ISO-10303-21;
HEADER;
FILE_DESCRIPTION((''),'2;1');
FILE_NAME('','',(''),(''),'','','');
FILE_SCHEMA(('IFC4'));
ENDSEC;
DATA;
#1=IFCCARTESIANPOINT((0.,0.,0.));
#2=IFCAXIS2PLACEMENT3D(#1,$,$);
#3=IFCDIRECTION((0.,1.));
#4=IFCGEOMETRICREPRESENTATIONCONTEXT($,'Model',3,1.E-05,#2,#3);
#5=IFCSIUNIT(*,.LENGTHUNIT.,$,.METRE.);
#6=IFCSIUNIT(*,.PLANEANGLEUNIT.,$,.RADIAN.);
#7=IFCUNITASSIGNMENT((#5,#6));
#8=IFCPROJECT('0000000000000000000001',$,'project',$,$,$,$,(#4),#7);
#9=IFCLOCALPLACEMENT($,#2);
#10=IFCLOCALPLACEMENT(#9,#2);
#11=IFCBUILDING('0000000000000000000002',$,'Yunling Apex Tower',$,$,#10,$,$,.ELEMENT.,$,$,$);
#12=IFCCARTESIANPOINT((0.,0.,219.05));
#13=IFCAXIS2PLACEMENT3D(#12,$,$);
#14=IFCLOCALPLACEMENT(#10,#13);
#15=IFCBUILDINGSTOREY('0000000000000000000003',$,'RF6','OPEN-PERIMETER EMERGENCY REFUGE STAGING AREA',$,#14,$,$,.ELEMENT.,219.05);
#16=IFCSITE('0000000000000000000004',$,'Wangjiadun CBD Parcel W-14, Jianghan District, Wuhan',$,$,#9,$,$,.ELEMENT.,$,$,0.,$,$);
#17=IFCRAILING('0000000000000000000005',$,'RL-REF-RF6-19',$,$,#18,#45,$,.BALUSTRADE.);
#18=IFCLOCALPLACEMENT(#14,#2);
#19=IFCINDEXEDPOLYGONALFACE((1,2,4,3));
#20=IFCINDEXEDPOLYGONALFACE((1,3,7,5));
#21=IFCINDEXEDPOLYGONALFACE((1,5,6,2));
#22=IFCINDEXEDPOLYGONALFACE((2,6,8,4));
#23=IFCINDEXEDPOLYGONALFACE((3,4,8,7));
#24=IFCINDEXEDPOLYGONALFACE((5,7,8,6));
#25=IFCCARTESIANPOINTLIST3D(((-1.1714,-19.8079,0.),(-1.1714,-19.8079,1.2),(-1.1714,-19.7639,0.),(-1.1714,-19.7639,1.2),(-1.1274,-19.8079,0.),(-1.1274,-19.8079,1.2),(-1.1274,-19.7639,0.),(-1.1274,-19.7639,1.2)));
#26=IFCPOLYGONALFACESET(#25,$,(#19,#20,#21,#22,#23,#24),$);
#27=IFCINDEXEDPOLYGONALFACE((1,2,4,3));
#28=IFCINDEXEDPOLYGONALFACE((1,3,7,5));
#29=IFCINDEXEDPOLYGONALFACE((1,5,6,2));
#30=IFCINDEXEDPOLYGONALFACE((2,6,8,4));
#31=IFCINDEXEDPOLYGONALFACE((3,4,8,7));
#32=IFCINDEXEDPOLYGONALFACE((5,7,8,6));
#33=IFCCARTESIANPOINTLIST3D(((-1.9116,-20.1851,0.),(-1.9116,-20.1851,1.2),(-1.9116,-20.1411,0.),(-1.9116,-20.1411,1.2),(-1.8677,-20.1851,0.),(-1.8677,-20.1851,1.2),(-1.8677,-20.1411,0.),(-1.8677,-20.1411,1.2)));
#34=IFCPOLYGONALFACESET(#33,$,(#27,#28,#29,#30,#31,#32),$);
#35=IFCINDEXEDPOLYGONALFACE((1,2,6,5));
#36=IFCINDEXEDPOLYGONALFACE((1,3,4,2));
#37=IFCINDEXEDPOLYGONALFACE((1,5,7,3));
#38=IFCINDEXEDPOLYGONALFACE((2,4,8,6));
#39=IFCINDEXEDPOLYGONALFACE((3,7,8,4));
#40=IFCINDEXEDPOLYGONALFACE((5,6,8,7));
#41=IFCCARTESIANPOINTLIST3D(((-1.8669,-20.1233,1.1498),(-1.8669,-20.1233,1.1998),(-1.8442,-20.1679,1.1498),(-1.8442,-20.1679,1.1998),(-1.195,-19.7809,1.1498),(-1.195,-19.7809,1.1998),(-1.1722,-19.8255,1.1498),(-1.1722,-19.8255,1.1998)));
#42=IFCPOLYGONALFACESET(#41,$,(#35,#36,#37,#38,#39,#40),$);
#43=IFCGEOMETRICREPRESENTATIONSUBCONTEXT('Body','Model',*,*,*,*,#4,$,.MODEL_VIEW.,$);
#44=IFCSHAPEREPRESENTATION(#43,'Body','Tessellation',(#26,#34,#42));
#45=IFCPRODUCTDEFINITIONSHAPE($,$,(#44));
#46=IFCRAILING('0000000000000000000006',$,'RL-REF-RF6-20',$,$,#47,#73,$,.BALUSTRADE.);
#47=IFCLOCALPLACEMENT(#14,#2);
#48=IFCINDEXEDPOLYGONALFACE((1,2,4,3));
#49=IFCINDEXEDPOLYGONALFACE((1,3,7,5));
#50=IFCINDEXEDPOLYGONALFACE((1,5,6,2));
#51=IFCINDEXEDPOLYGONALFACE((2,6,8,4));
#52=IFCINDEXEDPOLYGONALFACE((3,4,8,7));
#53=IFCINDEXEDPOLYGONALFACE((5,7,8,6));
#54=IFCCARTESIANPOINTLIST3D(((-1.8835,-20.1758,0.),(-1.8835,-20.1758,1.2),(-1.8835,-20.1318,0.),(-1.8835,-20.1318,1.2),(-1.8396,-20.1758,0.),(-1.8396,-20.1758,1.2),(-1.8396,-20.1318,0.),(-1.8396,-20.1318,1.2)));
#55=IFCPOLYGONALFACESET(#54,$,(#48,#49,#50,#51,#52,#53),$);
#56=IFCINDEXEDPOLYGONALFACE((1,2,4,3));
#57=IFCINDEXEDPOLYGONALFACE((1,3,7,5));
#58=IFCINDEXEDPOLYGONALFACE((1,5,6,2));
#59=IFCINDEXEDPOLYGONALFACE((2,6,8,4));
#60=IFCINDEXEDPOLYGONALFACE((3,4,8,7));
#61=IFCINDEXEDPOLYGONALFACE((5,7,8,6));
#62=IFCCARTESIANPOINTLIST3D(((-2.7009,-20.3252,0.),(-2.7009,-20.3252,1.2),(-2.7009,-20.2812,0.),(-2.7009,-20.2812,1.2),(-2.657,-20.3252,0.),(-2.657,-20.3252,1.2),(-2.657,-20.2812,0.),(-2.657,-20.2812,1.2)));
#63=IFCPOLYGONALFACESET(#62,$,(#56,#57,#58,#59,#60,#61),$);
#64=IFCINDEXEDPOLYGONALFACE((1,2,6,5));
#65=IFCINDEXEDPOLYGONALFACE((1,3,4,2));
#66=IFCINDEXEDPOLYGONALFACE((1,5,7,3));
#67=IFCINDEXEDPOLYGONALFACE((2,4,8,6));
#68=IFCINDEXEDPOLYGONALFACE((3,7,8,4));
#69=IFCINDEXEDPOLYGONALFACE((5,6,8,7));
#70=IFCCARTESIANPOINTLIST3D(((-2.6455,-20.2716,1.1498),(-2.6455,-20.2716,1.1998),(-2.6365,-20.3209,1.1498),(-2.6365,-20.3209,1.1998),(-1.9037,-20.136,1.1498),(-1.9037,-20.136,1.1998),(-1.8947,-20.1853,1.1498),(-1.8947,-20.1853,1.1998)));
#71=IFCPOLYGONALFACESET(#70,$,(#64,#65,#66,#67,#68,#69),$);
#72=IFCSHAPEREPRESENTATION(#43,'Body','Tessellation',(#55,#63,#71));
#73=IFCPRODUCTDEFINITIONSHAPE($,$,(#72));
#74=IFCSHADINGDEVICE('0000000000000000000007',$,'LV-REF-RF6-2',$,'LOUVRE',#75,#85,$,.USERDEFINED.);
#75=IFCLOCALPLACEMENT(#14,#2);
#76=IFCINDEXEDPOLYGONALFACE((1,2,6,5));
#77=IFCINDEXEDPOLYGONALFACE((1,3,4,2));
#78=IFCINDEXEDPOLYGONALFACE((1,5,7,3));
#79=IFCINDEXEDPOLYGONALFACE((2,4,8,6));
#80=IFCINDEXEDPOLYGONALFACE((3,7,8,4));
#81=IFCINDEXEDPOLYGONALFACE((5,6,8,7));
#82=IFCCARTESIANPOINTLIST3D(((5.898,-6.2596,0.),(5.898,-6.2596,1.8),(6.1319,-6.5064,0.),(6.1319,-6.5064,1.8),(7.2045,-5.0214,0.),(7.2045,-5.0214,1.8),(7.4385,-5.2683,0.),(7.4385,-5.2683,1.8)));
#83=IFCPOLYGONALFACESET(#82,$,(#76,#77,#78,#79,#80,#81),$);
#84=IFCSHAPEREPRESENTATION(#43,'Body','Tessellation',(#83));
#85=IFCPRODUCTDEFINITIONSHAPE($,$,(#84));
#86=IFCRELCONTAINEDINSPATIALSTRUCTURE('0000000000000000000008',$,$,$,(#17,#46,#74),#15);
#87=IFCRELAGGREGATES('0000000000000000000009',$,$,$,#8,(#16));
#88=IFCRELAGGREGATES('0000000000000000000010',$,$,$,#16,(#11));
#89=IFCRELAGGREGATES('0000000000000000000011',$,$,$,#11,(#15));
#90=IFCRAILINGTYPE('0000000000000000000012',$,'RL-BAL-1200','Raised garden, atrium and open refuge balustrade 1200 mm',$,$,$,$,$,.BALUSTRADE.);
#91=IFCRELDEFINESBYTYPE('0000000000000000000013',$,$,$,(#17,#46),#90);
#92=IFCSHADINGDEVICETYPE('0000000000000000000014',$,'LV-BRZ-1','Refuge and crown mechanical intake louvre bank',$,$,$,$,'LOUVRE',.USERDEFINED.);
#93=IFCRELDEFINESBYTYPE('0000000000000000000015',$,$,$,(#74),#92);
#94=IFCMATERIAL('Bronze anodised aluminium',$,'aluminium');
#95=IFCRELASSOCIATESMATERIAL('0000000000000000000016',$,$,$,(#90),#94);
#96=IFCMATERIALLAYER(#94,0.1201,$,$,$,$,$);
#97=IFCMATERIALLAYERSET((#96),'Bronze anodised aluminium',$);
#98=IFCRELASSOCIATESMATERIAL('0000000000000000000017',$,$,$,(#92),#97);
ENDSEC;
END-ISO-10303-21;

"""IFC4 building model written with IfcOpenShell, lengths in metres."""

from ifc_helpers import new_model, si_unit, direction, frame, origin, origin_2d, place, context, subcontext, project, spatial, rectangle, extrude, source, transform, mapped, material, layer, layer_set, type_object, element, save


model = new_model("IFC4")

# Units and contexts
model_context = context("Model", 3, precision=1e-05, world=origin(), true_north=direction((0.0, 1.0)))
body_context = subcontext(model_context, "Body", "Model", "MODEL_VIEW")
ifc_project = project(units=[si_unit("LENGTHUNIT", "METRE"), si_unit("PLANEANGLEUNIT", "RADIAN")], contexts=[model_context])

# Site, building, storey
site_placement = place(None, origin())
site = spatial("IfcSite", under=ifc_project, at=site_placement, Name="Wangjiadun CBD Parcel W-14, Jianghan District, Wuhan", CompositionType="ELEMENT", RefElevation=0.0)
building_placement = place(site_placement, origin())
building = spatial("IfcBuilding", under=site, at=building_placement, Name="Yunling Apex Tower", CompositionType="ELEMENT")
storey_placement = place(building_placement, frame((0.0, 0.0, 219.05)))
storey = spatial("IfcBuildingStorey", under=building, at=storey_placement, Name="RF6", Description="OPEN-PERIMETER EMERGENCY REFUGE STAGING AREA", CompositionType="ELEMENT", Elevation=219.05)

# Railings
ifc_material_1 = material(Name="Bronze anodised aluminium", Category="aluminium")
railing_type = type_object("IfcRailingType", Name="RL-BAL-1200", Description="Raised garden, atrium and open refuge balustrade 1200 mm", PredefinedType="BALUSTRADE", material=ifc_material_1)
railing_1_placement = place(storey_placement, frame((-1.1494, -19.7859, 0.0)))
element("IfcRailing", 1, at=railing_1_placement, inside=storey, type_object=railing_type, Name="RL-REF-RF6-19", PredefinedType="BALUSTRADE", context=body_context, shape_type="SweptSolid", body=[
    extrude(rectangle(XDim=0.0439, YDim=0.0439, at=origin_2d()), origin(), (0.0, 0.0, 1.0), 1.2),
    extrude(rectangle(XDim=0.0439, YDim=0.0439, at=origin_2d()), frame((-0.7402, -0.3772, 0.0)), (0.0, 0.0, 1.0), 1.2),
    extrude(rectangle(XDim=0.05, YDim=0.05, at=origin_2d()), frame((-0.0342, -0.0173, 1.1748), z_axis=(-0.890992, -0.454018, 0.0), x_axis=(0.454018, -0.890992, 0.0)), (0.0, 0.0, 1.0), 0.7542),
])
railing_2_placement = place(storey_placement, frame((-1.8616, -20.1538, 0.0)))
element("IfcRailing", 2, at=railing_2_placement, inside=storey, type_object=railing_type, Name="RL-REF-RF6-20", PredefinedType="BALUSTRADE", context=body_context, shape_type="SweptSolid", body=[
    extrude(rectangle(XDim=0.0439, YDim=0.0439, at=origin_2d()), origin(), (0.0, 0.0, 1.0), 1.2),
    extrude(rectangle(XDim=0.0439, YDim=0.0439, at=origin_2d()), frame((-0.8174, -0.1494, 0.0)), (0.0, 0.0, 1.0), 1.2),
    extrude(rectangle(XDim=0.05, YDim=0.05, at=origin_2d()), frame((-0.0376, -0.0068, 1.1748), z_axis=(-0.9837, -0.179816, 0.0), x_axis=(0.179816, -0.9837, 0.0)), (0.0, 0.0, 1.0), 0.7542),
])

# Shading device
ifc_layer_1 = layer(ifc_material_1, 0.1201)
ifc_layer_set_1 = layer_set([ifc_layer_1], Name="Bronze anodised aluminium")
shading_device_type = type_object("IfcShadingDeviceType", Name="LV-BRZ-1", Description="Refuge and crown mechanical intake louvre bank", ElementType="LOUVRE", PredefinedType="USERDEFINED", material=ifc_layer_set_1)
shared_shape_1 = source(origin(), body_context, "Body", "SweptSolid", [
    extrude(rectangle(XDim=1.8, YDim=0.3401, at=origin_2d()), origin(), (0.0, 0.0, 1.0), 1.8),
])
shading_device_placement = place(storey_placement, frame((6.6682, -5.7639, 0.0), z_axis=(0.0, 0.0, 1.0), x_axis=(-0.725855, -0.687848, 0.0)))
element("IfcShadingDevice", 3, at=shading_device_placement, inside=storey, type_object=shading_device_type, Name="LV-REF-RF6-2", ObjectType="LOUVRE", PredefinedType="USERDEFINED", context=body_context, shape_type="MappedRepresentation", body=[
    mapped(shared_shape_1, transform((0.0, 0.0, 0.0), scale=1.0)),
])

save(model, "model.ifc")
